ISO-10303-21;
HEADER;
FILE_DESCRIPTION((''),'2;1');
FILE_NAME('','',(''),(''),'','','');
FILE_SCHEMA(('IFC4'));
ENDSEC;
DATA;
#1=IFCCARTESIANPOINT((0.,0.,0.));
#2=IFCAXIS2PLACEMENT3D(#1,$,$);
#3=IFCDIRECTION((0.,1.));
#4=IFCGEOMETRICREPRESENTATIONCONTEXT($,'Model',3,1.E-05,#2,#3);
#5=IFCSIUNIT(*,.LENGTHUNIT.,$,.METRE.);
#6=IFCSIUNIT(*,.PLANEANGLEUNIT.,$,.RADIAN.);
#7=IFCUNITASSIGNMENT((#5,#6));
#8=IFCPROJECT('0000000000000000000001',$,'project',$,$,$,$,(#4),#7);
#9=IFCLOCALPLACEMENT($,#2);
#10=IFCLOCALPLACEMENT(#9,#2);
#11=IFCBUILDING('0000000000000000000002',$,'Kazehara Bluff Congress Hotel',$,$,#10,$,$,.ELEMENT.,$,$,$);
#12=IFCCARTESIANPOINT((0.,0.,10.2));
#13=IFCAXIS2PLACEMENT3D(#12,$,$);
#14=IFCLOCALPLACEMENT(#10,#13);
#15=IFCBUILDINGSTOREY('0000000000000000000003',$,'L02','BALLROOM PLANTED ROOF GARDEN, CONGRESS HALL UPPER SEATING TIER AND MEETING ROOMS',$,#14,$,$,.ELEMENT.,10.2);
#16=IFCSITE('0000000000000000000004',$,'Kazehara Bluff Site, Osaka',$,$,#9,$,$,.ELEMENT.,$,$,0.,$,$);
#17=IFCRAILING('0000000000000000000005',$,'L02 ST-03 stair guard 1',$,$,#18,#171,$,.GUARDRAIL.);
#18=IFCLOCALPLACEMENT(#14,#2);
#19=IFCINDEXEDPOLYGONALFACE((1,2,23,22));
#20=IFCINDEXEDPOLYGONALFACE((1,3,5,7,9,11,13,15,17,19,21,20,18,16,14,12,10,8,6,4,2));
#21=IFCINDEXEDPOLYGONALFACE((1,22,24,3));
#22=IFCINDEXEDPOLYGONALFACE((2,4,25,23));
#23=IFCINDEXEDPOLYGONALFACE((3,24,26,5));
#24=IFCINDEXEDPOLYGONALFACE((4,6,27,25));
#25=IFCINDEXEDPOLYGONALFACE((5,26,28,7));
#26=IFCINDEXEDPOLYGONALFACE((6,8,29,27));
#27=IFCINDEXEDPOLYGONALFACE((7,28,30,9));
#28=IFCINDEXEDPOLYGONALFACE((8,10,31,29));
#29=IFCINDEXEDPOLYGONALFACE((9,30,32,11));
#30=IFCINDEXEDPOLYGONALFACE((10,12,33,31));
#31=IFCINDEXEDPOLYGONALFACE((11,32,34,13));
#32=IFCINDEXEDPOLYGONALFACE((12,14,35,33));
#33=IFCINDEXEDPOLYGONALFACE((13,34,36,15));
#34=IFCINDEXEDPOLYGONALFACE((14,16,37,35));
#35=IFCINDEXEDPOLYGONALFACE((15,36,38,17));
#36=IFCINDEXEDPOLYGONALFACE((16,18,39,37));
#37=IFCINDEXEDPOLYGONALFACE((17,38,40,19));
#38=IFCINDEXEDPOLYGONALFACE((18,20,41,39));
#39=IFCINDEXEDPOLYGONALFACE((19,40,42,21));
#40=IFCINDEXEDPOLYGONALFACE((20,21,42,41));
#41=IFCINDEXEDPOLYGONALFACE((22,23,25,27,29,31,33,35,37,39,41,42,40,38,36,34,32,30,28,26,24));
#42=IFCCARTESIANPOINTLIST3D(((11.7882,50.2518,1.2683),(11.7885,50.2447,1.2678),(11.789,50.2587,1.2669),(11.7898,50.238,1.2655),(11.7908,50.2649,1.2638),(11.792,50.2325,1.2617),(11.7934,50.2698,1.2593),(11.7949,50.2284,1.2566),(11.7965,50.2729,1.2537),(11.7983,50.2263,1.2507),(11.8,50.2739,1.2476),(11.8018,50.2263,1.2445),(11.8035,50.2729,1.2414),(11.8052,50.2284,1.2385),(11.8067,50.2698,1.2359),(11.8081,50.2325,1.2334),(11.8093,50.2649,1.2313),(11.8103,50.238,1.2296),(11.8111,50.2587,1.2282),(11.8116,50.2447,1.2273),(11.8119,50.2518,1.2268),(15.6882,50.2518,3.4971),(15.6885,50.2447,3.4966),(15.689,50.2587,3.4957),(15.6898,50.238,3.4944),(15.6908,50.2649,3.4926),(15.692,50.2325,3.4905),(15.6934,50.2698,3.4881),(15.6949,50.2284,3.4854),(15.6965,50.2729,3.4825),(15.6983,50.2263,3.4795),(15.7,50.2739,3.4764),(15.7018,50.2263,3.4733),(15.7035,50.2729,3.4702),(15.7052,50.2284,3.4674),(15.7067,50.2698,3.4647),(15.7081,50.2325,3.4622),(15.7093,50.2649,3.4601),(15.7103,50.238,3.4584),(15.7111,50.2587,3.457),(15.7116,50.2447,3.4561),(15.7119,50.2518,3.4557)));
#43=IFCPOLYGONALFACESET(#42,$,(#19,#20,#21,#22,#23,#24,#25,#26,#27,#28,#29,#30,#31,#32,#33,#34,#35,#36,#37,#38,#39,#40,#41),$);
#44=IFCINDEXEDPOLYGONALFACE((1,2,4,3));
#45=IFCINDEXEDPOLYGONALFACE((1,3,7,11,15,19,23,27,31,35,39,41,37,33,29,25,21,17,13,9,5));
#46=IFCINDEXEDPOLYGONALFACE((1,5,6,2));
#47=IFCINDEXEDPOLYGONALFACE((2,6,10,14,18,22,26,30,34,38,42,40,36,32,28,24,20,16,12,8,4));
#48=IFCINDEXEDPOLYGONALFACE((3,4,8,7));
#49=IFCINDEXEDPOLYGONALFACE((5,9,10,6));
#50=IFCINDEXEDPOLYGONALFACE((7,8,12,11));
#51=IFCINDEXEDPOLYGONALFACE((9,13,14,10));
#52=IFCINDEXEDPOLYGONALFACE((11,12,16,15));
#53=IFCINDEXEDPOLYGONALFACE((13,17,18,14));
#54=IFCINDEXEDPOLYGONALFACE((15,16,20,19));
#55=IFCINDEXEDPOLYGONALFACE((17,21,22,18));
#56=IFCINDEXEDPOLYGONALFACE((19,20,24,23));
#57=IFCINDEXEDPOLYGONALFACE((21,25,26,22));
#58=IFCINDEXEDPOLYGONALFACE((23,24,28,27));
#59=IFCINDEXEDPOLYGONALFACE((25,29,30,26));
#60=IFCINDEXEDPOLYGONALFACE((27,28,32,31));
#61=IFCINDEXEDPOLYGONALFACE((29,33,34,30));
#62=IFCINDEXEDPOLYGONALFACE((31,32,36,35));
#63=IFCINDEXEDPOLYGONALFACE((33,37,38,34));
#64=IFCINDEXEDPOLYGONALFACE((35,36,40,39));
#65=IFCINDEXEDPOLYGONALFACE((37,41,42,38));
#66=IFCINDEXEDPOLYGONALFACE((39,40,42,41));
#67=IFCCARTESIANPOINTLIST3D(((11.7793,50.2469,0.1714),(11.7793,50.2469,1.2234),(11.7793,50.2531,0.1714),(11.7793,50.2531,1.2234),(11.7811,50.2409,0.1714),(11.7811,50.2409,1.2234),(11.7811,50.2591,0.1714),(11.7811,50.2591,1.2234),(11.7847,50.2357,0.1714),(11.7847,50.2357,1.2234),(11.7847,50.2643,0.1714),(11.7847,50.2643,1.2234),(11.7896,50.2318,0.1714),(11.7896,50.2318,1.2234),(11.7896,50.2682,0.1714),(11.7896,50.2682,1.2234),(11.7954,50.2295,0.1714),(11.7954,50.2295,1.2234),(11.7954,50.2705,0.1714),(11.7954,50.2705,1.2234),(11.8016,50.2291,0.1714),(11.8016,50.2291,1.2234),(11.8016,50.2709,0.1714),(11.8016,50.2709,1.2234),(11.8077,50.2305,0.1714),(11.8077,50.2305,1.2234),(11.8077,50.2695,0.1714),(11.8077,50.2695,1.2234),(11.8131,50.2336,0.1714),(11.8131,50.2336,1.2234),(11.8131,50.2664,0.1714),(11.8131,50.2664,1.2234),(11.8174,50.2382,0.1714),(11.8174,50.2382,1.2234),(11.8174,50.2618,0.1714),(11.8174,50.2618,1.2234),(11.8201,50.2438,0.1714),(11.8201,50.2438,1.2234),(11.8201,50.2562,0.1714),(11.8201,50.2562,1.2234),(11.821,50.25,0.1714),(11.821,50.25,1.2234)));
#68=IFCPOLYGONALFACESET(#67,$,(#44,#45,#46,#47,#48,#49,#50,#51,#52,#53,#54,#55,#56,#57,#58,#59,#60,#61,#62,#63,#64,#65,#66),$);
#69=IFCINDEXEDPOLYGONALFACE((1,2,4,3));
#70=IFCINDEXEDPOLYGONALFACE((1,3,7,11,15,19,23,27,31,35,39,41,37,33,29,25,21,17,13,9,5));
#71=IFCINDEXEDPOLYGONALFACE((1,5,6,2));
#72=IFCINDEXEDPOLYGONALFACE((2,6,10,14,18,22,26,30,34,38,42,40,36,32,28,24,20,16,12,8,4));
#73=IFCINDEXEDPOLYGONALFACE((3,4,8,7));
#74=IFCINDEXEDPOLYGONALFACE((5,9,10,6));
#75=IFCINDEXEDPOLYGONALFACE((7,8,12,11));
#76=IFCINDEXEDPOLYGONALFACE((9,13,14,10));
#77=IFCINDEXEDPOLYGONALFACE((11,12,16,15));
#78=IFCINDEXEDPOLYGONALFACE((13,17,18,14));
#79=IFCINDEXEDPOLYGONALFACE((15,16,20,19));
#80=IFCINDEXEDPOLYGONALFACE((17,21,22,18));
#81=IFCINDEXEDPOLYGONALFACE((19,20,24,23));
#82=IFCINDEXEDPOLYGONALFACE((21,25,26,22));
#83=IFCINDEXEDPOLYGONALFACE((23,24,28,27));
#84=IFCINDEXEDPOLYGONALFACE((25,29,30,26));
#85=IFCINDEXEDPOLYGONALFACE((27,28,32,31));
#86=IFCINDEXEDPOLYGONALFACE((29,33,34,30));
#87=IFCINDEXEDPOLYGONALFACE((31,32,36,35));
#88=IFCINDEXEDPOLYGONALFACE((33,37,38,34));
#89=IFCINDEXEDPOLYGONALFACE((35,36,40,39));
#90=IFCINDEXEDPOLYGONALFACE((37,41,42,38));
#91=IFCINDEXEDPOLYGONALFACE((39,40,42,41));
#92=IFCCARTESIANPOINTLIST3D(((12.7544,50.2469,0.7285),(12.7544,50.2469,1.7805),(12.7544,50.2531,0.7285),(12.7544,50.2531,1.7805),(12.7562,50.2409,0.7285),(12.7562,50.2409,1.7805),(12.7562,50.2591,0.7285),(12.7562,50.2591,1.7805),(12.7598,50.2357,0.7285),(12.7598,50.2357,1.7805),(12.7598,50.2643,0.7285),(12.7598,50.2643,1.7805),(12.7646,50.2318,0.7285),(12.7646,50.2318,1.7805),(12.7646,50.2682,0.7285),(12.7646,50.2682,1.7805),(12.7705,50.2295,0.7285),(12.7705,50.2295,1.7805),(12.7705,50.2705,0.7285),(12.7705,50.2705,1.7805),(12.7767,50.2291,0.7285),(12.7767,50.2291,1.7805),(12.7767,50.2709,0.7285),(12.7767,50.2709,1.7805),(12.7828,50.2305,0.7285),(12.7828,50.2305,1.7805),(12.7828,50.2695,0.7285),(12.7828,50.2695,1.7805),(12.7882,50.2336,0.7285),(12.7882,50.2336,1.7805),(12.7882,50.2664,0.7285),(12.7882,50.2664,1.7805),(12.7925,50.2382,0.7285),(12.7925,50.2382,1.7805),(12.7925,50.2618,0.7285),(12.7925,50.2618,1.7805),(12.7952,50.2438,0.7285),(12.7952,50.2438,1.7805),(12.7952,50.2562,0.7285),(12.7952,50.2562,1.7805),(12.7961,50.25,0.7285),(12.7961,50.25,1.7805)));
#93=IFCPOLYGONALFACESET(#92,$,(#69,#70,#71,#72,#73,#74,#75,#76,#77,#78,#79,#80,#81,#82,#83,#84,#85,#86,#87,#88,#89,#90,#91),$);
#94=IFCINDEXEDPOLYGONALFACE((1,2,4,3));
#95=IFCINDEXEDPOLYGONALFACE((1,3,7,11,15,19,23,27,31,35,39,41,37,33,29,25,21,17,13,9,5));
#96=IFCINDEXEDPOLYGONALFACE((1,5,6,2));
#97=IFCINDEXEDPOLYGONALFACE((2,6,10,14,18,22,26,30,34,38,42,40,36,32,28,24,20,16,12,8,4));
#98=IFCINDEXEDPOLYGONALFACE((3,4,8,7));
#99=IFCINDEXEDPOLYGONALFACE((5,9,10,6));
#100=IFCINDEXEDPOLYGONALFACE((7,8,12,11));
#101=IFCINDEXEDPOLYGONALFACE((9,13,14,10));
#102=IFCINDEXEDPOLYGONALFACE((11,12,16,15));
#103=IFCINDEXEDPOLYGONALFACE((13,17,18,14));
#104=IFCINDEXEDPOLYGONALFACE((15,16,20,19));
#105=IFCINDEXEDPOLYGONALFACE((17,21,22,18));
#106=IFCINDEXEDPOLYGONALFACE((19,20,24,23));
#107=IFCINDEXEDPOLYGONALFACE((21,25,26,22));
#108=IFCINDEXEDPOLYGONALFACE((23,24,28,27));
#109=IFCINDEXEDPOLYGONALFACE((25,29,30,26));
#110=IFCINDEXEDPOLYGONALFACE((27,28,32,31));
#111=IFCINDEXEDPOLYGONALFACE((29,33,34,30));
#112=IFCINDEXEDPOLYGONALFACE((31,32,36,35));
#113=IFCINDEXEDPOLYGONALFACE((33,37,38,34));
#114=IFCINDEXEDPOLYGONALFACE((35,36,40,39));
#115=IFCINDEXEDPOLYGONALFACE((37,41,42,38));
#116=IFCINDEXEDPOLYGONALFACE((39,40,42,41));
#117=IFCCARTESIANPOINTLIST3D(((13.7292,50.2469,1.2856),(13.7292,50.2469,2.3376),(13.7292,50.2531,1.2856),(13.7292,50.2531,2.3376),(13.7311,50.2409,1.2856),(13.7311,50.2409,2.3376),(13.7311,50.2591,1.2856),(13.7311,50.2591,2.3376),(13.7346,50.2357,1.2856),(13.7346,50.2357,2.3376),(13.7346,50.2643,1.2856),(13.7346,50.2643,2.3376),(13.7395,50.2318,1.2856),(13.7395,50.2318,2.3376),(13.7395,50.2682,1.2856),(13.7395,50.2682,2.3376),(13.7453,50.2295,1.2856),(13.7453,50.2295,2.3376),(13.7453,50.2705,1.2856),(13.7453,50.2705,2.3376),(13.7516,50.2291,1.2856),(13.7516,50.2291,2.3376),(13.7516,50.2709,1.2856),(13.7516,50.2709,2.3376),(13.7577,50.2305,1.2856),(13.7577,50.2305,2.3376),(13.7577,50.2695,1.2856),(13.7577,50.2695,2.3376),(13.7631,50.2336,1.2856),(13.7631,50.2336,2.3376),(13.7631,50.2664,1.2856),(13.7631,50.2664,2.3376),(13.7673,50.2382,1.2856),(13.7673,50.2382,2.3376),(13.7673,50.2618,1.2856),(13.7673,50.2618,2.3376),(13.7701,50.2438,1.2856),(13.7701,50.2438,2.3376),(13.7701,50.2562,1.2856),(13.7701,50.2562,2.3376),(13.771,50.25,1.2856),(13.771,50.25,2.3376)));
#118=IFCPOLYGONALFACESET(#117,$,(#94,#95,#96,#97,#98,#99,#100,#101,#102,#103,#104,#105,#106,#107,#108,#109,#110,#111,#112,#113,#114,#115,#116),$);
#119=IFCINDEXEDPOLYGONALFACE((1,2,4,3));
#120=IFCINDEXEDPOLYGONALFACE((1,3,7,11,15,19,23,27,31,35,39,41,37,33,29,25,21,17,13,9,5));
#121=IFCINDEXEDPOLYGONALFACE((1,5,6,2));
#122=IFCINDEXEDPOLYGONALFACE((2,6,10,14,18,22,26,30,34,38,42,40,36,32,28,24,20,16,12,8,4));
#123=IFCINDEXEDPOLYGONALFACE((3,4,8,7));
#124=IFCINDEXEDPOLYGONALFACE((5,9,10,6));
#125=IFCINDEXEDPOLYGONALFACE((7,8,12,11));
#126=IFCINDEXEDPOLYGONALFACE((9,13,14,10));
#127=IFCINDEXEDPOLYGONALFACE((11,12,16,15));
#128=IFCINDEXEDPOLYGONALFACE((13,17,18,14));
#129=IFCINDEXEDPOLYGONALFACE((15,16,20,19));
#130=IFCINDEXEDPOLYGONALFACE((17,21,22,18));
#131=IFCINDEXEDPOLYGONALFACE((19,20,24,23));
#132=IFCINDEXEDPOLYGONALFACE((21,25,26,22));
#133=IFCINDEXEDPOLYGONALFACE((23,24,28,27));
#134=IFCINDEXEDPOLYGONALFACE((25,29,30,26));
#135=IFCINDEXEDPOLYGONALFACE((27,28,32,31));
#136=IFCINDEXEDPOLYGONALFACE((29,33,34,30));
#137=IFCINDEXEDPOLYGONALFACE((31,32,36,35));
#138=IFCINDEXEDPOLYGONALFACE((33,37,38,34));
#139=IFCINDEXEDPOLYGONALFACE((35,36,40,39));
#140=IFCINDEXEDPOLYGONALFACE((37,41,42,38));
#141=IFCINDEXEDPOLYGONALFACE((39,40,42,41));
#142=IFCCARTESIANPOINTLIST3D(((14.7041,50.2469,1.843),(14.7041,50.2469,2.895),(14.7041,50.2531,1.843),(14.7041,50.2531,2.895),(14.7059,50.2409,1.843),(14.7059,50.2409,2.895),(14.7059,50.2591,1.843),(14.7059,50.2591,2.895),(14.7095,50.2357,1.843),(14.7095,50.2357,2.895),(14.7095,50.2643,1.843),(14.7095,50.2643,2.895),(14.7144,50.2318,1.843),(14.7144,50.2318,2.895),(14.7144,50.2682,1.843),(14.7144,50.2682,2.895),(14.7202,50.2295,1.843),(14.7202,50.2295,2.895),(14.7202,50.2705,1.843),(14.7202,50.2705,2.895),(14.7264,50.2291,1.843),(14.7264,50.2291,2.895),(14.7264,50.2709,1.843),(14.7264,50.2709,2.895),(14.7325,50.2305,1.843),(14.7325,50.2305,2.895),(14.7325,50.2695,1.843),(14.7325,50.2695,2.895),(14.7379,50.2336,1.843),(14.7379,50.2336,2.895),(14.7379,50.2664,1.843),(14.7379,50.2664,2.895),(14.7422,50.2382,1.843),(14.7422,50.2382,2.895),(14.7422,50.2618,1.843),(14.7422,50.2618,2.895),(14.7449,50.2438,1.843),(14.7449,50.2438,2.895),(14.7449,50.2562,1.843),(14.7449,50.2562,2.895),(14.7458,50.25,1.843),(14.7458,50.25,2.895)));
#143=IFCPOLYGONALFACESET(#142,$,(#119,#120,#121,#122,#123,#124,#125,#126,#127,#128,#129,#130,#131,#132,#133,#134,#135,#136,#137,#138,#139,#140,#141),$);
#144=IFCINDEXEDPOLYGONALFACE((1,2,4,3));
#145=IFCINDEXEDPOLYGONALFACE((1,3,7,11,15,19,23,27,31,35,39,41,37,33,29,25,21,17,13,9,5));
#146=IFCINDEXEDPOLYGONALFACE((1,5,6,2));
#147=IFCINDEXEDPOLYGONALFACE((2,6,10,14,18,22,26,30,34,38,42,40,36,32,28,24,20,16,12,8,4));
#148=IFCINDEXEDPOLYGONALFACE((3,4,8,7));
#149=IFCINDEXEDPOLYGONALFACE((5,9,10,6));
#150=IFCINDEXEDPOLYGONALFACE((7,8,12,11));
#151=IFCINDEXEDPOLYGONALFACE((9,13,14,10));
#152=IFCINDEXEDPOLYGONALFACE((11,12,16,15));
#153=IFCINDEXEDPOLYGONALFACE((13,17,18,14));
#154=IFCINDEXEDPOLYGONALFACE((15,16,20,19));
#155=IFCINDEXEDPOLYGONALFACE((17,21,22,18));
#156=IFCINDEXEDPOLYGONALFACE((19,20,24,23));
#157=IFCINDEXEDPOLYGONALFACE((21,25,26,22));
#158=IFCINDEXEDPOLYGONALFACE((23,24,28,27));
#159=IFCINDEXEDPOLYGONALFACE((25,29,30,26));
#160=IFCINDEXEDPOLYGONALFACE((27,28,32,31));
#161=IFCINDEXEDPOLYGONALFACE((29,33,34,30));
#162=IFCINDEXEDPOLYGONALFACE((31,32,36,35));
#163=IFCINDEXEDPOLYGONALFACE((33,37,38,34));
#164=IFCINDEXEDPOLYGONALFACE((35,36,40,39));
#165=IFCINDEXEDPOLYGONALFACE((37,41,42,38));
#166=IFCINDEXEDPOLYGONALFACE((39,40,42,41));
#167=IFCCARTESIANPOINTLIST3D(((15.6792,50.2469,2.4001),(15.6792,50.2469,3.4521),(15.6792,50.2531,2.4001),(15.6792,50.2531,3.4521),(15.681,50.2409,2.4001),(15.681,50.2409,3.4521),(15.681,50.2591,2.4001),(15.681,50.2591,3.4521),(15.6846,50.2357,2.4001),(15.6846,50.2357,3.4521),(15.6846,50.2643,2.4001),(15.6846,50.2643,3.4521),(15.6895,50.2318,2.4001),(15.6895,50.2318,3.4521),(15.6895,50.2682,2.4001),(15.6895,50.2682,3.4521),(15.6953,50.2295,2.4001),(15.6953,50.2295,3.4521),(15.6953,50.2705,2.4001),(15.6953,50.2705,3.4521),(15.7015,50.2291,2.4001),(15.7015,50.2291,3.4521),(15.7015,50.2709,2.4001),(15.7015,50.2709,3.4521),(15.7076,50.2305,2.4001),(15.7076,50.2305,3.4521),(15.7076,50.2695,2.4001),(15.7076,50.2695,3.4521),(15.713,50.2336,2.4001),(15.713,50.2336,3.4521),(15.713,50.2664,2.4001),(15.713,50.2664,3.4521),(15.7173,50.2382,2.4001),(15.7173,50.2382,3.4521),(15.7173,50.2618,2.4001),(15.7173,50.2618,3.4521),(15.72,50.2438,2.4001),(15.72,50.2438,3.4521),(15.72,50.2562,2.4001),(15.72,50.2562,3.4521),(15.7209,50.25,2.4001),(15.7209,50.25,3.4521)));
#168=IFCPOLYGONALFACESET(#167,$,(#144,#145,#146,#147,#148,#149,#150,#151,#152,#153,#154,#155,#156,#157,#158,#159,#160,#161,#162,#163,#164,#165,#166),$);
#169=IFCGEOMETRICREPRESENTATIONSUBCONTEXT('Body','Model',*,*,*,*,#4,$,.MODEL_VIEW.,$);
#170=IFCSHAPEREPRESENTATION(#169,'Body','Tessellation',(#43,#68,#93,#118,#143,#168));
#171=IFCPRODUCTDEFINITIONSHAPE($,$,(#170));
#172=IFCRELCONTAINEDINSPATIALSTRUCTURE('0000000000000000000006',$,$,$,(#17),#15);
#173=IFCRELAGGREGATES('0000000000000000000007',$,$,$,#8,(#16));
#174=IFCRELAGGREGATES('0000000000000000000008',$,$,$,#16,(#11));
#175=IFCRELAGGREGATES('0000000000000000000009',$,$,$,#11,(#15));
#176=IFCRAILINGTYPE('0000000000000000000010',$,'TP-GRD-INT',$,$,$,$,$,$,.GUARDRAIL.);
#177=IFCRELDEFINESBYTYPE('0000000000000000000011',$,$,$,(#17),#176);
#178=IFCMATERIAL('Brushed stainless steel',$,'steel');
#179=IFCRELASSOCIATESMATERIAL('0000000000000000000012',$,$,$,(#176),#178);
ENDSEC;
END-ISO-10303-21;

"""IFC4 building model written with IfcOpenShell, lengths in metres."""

from ifc_helpers import new_model, si_unit, direction, frame, origin, origin_2d, place, context, subcontext, project, spatial, circle, extrude, material, type_object, element, save


model = new_model("IFC4")

# Units and contexts
model_context = context("Model", 3, precision=1e-05, world=origin(), true_north=direction((0.0, 1.0)))
body_context = subcontext(model_context, "Body", "Model", "MODEL_VIEW")
ifc_project = project(units=[si_unit("LENGTHUNIT", "METRE"), si_unit("PLANEANGLEUNIT", "RADIAN")], contexts=[model_context])

# Site, building, storey
site_placement = place(None, origin())
site = spatial("IfcSite", under=ifc_project, at=site_placement, Name="Kazehara Bluff Site, Osaka", CompositionType="ELEMENT", RefElevation=0.0)
building_placement = place(site_placement, origin())
building = spatial("IfcBuilding", under=site, at=building_placement, Name="Kazehara Bluff Congress Hotel", CompositionType="ELEMENT")
storey_placement = place(building_placement, frame((0.0, 0.0, 10.2)))
storey = spatial("IfcBuildingStorey", under=building, at=storey_placement, Name="L02", Description="BALLROOM PLANTED ROOF GARDEN, CONGRESS HALL UPPER SEATING TIER AND MEETING ROOMS", CompositionType="ELEMENT", Elevation=10.2)

# Railing
ifc_material_1 = material(Name="Brushed stainless steel", Category="steel")
railing_type_1 = type_object("IfcRailingType", Name="TP-GRD-INT", PredefinedType="GUARDRAIL", material=ifc_material_1)
railing_1_placement = place(storey_placement, frame((11.8, 50.25, 0.1714)))
element("IfcRailing", 1, at=railing_1_placement, inside=storey, type_object=railing_type_1, Name="L02 ST-03 stair guard 1", PredefinedType="GUARDRAIL", context=body_context, shape_type="SweptSolid", body=[
    extrude(circle(Radius=0.0239, at=origin_2d()), frame((0.0, 0.0, 1.0762), z_axis=(0.86822, 0.0, 0.49618), x_axis=(0.0, 1.0, 0.0)), (0.0, 0.0, 1.0), 4.4919),
    extrude(circle(Radius=0.021, at=origin_2d()), origin(), (0.0, 0.0, 1.0), 1.052),
    extrude(circle(Radius=0.021, at=origin_2d()), frame((0.9751, 0.0, 0.5571)), (0.0, 0.0, 1.0), 1.052),
    extrude(circle(Radius=0.021, at=origin_2d()), frame((1.95, 0.0, 1.1143)), (0.0, 0.0, 1.0), 1.052),
    extrude(circle(Radius=0.021, at=origin_2d()), frame((2.9248, 0.0, 1.6716)), (0.0, 0.0, 1.0), 1.052),
    extrude(circle(Radius=0.021, at=origin_2d()), frame((3.8999, 0.0, 2.2288)), (0.0, 0.0, 1.0), 1.052),
])

save(model, "model.ifc")
